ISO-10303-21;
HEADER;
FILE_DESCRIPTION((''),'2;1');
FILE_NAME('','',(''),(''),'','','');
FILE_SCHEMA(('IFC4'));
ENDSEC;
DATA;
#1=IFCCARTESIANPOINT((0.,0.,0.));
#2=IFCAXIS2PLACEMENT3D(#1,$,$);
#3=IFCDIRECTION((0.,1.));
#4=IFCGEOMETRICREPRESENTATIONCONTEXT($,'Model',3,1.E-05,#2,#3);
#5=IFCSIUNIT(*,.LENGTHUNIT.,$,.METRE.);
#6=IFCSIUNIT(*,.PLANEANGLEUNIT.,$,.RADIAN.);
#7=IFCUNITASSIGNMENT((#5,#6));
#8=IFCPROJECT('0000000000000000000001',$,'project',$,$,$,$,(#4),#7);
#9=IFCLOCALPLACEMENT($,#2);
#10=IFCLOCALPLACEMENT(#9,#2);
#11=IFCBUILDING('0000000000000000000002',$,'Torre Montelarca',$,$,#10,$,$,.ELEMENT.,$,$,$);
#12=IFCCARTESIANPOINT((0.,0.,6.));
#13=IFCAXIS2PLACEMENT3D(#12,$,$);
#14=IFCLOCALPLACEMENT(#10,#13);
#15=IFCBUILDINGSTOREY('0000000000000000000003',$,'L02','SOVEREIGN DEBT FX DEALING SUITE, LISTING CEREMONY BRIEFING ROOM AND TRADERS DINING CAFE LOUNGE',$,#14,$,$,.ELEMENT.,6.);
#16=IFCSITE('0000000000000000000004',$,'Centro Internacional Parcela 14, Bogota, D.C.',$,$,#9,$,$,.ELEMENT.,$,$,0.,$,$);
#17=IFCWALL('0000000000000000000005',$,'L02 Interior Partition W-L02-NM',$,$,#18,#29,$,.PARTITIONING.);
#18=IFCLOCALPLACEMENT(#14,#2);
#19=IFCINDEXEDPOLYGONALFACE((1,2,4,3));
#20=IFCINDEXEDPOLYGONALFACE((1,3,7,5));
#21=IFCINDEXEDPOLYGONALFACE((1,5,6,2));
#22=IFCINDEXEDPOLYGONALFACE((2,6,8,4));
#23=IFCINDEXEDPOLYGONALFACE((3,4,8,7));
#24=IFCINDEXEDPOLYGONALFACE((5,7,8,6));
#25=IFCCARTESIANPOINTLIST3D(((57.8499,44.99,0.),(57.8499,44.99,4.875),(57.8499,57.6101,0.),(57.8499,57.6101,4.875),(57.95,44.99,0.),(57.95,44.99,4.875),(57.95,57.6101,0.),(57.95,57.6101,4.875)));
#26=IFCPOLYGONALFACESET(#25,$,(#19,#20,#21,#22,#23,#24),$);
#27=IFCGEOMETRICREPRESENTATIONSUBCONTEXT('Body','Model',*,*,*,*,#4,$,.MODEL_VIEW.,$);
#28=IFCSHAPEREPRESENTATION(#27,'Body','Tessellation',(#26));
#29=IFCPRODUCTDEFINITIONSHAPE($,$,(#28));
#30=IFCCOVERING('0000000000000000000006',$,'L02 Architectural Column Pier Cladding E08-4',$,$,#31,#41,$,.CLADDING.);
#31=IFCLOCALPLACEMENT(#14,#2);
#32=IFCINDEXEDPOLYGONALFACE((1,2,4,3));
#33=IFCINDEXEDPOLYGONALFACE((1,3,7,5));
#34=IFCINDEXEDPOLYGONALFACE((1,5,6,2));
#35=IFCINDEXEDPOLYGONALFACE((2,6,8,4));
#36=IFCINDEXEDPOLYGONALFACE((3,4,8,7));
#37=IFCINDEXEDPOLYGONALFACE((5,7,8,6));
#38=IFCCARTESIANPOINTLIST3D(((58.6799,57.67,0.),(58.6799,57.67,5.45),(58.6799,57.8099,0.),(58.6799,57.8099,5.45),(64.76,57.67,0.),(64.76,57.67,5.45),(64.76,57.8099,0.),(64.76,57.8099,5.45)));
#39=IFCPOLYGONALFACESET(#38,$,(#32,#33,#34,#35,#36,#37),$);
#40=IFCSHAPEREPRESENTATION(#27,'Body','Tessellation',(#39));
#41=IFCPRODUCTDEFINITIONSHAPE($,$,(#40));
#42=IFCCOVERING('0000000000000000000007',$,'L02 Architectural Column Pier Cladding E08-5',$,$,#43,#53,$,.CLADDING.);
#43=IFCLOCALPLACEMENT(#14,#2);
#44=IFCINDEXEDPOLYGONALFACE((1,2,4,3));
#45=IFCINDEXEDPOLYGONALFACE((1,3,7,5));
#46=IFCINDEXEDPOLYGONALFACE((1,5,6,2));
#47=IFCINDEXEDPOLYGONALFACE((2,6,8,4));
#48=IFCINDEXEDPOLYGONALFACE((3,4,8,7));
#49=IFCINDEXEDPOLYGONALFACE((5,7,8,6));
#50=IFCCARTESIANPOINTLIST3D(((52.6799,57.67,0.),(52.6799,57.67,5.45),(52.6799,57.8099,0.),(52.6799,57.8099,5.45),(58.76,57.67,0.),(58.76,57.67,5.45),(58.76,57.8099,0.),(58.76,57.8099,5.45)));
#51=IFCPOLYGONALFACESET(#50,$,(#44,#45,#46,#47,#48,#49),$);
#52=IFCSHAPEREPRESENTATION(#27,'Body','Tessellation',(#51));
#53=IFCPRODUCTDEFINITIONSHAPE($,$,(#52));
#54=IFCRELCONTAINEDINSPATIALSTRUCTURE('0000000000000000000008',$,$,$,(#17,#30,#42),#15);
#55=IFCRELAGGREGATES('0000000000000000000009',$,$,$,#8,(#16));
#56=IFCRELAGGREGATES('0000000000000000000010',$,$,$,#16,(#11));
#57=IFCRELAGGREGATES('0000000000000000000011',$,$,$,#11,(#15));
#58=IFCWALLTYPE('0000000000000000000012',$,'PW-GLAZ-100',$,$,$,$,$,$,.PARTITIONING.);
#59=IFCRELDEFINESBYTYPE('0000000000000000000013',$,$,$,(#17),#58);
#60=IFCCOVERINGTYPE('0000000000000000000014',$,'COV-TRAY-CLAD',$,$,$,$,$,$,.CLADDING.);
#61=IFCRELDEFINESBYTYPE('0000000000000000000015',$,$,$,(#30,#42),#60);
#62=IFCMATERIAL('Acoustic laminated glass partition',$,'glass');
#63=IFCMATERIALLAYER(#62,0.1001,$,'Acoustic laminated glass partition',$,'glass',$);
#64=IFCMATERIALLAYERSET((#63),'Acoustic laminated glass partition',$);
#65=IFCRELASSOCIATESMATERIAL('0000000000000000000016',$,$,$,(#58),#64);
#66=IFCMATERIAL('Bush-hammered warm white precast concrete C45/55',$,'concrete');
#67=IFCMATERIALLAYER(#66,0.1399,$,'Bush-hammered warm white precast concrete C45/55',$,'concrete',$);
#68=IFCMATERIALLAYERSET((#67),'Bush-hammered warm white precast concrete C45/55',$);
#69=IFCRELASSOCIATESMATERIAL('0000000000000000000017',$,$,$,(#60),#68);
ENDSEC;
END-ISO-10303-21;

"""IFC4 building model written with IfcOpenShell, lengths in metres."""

from ifc_helpers import new_model, si_unit, direction, frame, frame_2d, origin, origin_2d, place, context, subcontext, project, spatial, rectangle, extrude, source, transform, mapped, material, layer, layer_set, type_object, element, save


model = new_model("IFC4")

# Units and contexts
model_context = context("Model", 3, precision=1e-05, world=origin(), true_north=direction((0.0, 1.0)))
body_context = subcontext(model_context, "Body", "Model", "MODEL_VIEW")
ifc_project = project(units=[si_unit("LENGTHUNIT", "METRE"), si_unit("PLANEANGLEUNIT", "RADIAN")], contexts=[model_context])

# Site, building, storey
site_placement = place(None, origin())
site = spatial("IfcSite", under=ifc_project, at=site_placement, Name="Centro Internacional Parcela 14, Bogota, D.C.", CompositionType="ELEMENT", RefElevation=0.0)
building_placement = place(site_placement, origin())
building = spatial("IfcBuilding", under=site, at=building_placement, Name="Torre Montelarca", CompositionType="ELEMENT")
storey_placement = place(building_placement, frame((0.0, 0.0, 6.0)))
storey = spatial("IfcBuildingStorey", under=building, at=storey_placement, Name="L02", Description="SOVEREIGN DEBT FX DEALING SUITE, LISTING CEREMONY BRIEFING ROOM AND TRADERS DINING CAFE LOUNGE", CompositionType="ELEMENT", Elevation=6.0)

# Wall
ifc_material_1 = material(Name="Acoustic laminated glass partition", Category="glass")
ifc_layer_1 = layer(ifc_material_1, 0.1001, Name="Acoustic laminated glass partition", Category="glass")
ifc_layer_set_1 = layer_set([ifc_layer_1], Name="Acoustic laminated glass partition")
wall_type = type_object("IfcWallType", Name="PW-GLAZ-100", PredefinedType="PARTITIONING", material=ifc_layer_set_1)
wall_placement = place(storey_placement, frame((57.8999, 44.99, 0.0), z_axis=(0.0, 0.0, 1.0), x_axis=(0.0, 1.0, 0.0)))
element("IfcWall", 1, at=wall_placement, inside=storey, type_object=wall_type, Name="L02 Interior Partition W-L02-NM", PredefinedType="PARTITIONING", context=body_context, shape_type="SweptSolid", body=[
    extrude(rectangle(XDim=12.6201, YDim=0.1001, at=frame_2d((6.3101, 0.0))), origin(), (0.0, 0.0, 1.0), 4.875),
])

# Coverings
ifc_material_2 = material(Name="Bush-hammered warm white precast concrete C45/55", Category="concrete")
ifc_layer_2 = layer(ifc_material_2, 0.1399, Name="Bush-hammered warm white precast concrete C45/55", Category="concrete")
ifc_layer_set_2 = layer_set([ifc_layer_2], Name="Bush-hammered warm white precast concrete C45/55")
covering_type = type_object("IfcCoveringType", Name="COV-TRAY-CLAD", PredefinedType="CLADDING", material=ifc_layer_set_2)
shared_shape_1 = source(origin(), body_context, "Body", "SweptSolid", [
    extrude(rectangle(XDim=6.0801, YDim=0.1399, at=origin_2d()), origin(), (0.0, 0.0, 1.0), 5.45),
])
for number, where, z_axis, x_axis, name in (
    (2, (61.72, 57.74, 0.0), (0.0, 0.0, 1.0), (-1.0, 0.0, 0.0), "L02 Architectural Column Pier Cladding E08-4"),
    (3, (55.72, 57.74, 0.0), (0.0, 0.0, 1.0), (-1.0, 0.0, 0.0), "L02 Architectural Column Pier Cladding E08-5"),
):
    element("IfcCovering", number, at=place(storey_placement, frame(where, z_axis=z_axis, x_axis=x_axis)), inside=storey, type_object=covering_type, Name=name, PredefinedType="CLADDING", context=body_context, shape_type="MappedRepresentation", body=[
        mapped(shared_shape_1, transform((0.0, 0.0, 0.0), scale=1.0)),
    ])

save(model, "model.ifc")
